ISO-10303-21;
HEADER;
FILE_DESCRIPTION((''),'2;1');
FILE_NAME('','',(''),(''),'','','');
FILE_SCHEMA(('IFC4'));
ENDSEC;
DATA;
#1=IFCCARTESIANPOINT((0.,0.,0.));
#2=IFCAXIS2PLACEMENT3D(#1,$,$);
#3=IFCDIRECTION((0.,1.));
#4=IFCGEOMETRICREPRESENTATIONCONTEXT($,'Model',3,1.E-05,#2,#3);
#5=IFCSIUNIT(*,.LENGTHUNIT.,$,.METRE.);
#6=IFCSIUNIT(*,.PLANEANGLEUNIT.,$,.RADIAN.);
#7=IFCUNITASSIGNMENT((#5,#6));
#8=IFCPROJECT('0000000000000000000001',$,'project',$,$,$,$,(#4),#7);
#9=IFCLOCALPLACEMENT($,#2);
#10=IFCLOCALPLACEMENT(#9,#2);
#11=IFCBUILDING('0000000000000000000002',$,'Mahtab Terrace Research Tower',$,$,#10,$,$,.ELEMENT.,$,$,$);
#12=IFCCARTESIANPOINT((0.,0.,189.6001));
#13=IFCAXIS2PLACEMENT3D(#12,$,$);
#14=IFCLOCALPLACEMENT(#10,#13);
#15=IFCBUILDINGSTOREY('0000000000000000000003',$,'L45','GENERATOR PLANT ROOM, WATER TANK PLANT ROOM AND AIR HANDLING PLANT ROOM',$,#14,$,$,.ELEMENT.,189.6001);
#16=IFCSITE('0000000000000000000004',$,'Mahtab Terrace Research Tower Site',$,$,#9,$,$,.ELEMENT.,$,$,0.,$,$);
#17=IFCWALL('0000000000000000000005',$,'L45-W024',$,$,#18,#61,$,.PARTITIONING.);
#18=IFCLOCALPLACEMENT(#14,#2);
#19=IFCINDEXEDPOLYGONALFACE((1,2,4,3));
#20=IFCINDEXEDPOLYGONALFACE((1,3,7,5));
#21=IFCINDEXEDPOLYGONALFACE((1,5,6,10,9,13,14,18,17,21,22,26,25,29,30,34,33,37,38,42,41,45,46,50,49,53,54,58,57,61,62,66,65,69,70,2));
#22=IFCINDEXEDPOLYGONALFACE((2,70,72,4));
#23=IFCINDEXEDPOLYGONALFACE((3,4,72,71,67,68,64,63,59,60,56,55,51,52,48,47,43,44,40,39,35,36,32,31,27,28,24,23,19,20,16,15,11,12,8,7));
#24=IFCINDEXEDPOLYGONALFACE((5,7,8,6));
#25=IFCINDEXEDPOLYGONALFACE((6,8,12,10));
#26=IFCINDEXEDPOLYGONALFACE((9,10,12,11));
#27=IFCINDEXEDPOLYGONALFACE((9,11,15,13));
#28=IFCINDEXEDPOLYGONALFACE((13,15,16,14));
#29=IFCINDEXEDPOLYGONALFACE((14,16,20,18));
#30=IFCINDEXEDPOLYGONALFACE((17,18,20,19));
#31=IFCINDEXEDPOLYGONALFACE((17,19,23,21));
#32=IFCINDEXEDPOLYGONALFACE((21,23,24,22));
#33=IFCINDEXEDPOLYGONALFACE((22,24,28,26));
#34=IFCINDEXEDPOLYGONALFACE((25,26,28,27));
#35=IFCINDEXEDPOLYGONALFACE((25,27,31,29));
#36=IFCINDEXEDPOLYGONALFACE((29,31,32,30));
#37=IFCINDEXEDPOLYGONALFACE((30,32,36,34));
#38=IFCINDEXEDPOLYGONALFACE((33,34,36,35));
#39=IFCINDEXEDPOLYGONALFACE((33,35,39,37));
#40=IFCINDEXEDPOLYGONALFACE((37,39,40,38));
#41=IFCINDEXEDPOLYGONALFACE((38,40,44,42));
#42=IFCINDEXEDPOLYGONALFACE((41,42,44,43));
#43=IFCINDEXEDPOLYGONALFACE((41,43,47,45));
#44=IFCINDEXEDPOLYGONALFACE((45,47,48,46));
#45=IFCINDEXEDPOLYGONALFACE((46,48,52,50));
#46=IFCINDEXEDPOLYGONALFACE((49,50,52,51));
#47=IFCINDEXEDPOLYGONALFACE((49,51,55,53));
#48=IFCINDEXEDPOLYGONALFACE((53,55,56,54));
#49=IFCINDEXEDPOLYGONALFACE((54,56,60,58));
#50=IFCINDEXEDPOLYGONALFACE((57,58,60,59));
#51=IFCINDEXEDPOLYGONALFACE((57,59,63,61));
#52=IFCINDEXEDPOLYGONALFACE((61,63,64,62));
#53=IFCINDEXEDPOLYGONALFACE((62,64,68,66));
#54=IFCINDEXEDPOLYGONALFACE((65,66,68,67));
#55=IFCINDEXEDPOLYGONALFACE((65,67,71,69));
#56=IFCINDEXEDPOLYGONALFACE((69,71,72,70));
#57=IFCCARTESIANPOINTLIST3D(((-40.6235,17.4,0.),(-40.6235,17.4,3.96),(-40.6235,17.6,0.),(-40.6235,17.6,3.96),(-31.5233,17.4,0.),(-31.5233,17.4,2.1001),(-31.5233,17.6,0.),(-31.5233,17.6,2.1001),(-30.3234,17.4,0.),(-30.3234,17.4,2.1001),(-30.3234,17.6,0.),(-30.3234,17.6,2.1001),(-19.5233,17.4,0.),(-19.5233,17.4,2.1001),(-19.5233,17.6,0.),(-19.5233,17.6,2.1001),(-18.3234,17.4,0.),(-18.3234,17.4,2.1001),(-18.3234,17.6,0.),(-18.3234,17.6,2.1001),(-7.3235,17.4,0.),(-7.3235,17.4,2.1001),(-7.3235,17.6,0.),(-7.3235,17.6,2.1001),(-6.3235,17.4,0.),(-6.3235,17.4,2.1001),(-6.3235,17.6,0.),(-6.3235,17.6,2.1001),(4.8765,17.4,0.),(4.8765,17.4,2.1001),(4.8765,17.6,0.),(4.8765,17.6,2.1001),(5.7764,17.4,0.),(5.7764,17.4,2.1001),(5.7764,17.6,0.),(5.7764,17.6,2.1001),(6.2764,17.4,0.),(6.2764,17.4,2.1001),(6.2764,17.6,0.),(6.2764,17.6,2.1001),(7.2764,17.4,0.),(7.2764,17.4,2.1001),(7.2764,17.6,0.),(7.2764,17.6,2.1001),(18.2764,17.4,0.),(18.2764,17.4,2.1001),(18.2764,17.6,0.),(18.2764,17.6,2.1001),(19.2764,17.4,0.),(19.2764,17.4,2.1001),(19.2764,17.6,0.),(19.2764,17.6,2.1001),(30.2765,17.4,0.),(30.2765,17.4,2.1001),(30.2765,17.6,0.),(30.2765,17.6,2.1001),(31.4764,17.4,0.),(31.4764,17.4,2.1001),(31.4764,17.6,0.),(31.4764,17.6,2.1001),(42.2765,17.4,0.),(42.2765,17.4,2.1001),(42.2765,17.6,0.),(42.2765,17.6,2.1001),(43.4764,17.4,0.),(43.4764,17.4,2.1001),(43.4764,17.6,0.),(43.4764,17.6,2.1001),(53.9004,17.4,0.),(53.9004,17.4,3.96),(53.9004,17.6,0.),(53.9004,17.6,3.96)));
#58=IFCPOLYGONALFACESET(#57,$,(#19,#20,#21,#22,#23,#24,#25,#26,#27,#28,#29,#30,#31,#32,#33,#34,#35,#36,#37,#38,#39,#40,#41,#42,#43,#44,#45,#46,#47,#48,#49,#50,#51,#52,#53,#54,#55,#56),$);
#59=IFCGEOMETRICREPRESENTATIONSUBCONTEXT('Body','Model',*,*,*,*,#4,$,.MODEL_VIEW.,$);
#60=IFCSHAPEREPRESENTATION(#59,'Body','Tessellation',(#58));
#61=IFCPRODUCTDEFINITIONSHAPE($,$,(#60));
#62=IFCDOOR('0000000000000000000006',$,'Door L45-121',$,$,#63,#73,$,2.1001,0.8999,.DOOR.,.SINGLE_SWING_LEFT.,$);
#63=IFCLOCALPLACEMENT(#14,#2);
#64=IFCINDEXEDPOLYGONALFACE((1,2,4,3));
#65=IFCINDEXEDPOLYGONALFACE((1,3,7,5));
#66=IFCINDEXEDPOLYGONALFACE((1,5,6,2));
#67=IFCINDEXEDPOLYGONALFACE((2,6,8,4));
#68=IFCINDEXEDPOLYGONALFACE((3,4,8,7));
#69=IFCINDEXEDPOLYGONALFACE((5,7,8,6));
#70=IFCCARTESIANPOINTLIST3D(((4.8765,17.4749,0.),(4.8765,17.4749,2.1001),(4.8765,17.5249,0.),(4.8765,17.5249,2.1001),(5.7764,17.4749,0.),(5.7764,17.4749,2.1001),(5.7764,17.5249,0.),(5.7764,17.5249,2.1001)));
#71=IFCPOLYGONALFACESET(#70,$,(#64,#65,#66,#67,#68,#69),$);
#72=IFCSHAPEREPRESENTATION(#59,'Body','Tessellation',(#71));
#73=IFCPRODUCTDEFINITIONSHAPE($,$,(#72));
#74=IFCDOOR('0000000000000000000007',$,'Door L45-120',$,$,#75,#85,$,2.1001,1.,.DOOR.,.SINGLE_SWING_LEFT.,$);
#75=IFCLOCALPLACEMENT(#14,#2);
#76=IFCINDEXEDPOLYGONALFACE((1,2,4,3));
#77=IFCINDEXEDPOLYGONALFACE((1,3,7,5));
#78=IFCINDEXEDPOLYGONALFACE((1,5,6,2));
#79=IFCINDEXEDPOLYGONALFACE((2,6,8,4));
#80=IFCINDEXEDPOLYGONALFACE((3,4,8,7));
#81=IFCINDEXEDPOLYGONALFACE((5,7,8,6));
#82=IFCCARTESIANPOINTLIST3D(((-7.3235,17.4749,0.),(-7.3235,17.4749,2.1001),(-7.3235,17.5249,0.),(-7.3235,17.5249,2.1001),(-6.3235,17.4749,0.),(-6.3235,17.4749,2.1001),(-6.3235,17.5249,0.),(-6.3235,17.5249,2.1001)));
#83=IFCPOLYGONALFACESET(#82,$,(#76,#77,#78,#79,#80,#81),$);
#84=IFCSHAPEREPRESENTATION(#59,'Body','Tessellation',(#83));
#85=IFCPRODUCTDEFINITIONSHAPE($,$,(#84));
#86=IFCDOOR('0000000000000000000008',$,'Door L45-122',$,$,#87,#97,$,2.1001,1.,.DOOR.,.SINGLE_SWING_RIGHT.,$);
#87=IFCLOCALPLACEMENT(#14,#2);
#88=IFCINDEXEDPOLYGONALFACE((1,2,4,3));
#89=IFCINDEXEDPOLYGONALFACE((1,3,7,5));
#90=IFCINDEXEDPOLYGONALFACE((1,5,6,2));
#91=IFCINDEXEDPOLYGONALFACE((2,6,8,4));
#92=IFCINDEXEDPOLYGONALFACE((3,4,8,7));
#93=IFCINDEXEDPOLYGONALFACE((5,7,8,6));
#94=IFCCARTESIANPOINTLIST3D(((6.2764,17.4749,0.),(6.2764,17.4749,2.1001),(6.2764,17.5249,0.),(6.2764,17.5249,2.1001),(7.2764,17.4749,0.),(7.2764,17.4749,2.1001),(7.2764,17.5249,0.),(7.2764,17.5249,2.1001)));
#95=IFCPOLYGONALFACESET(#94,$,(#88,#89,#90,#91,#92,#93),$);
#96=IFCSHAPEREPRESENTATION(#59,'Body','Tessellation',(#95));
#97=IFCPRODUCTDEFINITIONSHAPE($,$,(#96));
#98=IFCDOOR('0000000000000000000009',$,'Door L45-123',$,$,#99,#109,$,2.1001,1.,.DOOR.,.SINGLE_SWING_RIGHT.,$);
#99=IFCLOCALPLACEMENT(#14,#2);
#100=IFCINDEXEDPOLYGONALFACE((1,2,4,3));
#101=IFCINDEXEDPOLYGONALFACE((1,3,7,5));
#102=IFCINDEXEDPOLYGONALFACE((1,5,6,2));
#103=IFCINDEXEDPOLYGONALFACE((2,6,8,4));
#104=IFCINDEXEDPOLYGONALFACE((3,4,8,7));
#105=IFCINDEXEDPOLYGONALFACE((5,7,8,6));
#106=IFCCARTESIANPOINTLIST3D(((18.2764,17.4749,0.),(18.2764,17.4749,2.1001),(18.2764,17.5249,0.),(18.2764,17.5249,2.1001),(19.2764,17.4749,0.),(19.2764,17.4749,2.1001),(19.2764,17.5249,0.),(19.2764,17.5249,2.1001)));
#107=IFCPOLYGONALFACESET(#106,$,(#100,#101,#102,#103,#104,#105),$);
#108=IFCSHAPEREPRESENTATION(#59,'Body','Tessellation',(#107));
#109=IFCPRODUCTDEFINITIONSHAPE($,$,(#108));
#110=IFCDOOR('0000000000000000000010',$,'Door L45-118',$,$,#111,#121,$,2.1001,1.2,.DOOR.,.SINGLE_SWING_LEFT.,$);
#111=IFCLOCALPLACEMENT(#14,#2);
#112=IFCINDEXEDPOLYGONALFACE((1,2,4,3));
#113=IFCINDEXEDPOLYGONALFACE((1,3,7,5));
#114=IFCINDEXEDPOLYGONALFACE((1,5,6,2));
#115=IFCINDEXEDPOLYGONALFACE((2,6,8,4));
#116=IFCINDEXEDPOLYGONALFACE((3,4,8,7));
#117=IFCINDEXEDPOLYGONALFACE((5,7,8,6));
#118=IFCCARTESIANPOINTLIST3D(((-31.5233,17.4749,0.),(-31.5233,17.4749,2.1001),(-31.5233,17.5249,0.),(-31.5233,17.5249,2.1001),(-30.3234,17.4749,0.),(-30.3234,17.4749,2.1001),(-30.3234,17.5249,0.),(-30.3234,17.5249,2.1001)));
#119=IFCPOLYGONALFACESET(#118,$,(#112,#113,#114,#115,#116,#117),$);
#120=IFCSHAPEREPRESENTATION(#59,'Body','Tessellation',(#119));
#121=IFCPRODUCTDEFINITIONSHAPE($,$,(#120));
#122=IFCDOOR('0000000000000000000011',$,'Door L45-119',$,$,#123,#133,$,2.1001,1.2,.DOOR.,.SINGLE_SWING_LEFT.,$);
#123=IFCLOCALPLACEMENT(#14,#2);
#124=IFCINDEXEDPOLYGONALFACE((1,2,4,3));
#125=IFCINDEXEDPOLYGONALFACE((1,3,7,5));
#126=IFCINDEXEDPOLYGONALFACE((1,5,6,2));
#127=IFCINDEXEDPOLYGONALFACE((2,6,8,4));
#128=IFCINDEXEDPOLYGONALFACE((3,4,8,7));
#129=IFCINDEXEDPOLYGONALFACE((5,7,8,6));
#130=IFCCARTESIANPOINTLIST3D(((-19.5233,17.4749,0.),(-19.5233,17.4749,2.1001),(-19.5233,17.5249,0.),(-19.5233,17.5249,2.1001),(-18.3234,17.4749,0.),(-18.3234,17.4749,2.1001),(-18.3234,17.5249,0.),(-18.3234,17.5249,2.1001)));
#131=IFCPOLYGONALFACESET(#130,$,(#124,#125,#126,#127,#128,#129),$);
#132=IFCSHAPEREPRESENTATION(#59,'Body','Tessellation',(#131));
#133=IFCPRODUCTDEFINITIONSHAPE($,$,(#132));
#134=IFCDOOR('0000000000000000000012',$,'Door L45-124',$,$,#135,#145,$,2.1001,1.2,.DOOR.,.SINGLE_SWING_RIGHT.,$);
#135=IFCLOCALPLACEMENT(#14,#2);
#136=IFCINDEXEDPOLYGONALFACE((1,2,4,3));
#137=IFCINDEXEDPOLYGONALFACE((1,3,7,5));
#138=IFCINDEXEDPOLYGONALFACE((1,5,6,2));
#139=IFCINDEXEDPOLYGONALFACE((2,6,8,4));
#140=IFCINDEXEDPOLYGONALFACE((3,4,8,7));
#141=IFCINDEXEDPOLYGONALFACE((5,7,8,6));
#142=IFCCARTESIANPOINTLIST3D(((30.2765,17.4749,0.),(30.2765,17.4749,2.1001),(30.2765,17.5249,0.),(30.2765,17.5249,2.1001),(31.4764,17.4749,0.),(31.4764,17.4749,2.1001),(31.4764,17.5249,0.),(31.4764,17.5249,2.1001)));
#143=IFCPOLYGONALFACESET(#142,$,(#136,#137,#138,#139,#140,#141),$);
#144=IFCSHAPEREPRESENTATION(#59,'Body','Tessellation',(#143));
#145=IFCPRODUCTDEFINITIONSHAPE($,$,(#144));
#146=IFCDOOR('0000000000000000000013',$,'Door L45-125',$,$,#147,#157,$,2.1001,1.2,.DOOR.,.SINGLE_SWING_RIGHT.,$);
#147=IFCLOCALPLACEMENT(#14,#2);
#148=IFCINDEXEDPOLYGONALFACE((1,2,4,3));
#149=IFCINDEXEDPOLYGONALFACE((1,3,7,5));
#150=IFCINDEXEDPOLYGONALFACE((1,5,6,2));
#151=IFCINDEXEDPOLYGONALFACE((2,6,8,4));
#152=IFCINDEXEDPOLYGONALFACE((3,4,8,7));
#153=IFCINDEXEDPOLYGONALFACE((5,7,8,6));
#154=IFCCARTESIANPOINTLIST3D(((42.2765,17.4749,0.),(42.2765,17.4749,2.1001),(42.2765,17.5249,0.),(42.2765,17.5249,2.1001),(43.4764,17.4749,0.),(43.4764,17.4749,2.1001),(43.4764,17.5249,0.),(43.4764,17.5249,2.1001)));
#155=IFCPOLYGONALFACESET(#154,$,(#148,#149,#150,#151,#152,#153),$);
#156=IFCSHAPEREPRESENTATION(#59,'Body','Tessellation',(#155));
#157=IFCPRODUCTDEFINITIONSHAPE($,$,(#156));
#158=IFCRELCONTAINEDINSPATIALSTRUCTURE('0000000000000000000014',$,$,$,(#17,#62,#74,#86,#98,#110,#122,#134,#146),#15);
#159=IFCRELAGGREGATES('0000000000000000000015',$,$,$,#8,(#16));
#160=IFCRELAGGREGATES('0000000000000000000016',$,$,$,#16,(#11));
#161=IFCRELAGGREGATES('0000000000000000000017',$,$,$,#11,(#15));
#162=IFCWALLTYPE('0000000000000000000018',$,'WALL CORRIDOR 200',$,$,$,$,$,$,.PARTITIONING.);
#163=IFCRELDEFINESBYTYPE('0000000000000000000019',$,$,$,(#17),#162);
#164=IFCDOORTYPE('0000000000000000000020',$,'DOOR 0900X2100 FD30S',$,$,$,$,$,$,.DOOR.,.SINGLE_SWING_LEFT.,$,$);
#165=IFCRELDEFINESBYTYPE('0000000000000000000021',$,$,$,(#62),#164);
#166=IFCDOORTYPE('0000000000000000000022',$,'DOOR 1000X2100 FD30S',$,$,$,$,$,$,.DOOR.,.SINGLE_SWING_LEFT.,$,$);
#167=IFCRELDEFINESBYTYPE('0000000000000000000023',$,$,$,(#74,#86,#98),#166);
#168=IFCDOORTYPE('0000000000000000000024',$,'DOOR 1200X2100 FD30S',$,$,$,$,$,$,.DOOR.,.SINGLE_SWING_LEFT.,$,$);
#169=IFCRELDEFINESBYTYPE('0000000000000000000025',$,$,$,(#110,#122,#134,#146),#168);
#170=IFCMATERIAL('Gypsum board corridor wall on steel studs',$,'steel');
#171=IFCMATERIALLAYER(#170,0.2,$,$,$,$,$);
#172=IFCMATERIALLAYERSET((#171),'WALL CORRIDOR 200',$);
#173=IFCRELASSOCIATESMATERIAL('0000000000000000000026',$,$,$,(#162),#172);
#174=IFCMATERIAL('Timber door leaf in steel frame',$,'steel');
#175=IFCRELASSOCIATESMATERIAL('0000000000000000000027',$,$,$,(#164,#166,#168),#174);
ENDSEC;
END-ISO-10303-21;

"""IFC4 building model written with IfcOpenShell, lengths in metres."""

from ifc_helpers import new_model, si_unit, direction, frame, frame_2d, origin, place, context, subcontext, project, spatial, rectangle, extrude, material, layer, layer_set, type_object, element, fill, save


model = new_model("IFC4")

# Units and contexts
model_context = context("Model", 3, precision=1e-05, world=origin(), true_north=direction((0.0, 1.0)))
body_context = subcontext(model_context, "Body", "Model", "MODEL_VIEW")
ifc_project = project(units=[si_unit("LENGTHUNIT", "METRE"), si_unit("PLANEANGLEUNIT", "RADIAN")], contexts=[model_context])

# Site, building, storey
site_placement = place(None, origin())
site = spatial("IfcSite", under=ifc_project, at=site_placement, Name="Mahtab Terrace Research Tower Site", CompositionType="ELEMENT", RefElevation=0.0)
building_placement = place(site_placement, origin())
building = spatial("IfcBuilding", under=site, at=building_placement, Name="Mahtab Terrace Research Tower", CompositionType="ELEMENT")
storey_placement = place(building_placement, frame((0.0, 0.0, 189.6001)))
storey = spatial("IfcBuildingStorey", under=building, at=storey_placement, Name="L45", Description="GENERATOR PLANT ROOM, WATER TANK PLANT ROOM AND AIR HANDLING PLANT ROOM", CompositionType="ELEMENT", Elevation=189.6001)

# Shared definitions
ifc_material_1 = material(Name="Gypsum board corridor wall on steel studs", Category="steel")
ifc_layer_1 = layer(ifc_material_1, 0.2)
ifc_layer_set_1 = layer_set([ifc_layer_1], Name="WALL CORRIDOR 200")
wall_type_1 = type_object("IfcWallType", Name="WALL CORRIDOR 200", PredefinedType="PARTITIONING", material=ifc_layer_set_1)

# Wall, openings, doors
wall_1_placement = place(storey_placement, frame((-40.6235, 17.5, 0.0), z_axis=(0.0, 0.0, 1.0), x_axis=(1.0, 0.0, 0.0)))
wall_1 = element("IfcWall", 1, at=wall_1_placement, inside=storey, type_object=wall_type_1, Name="L45-W024", PredefinedType="PARTITIONING", context=body_context, shape_type="SweptSolid", body=[
    extrude(rectangle(XDim=94.5239, YDim=0.2, at=frame_2d((47.262, 0.0))), origin(), (0.0, 0.0, 1.0), 3.96),
])
opening_1_placement = place(wall_1_placement, frame((9.1001, 0.0, 0.0)))
opening_1 = element("IfcOpeningElement", 2, at=opening_1_placement, cuts=wall_1, PredefinedType="OPENING", context=body_context, shape_type="SweptSolid", body=[
    extrude(rectangle(XDim=1.2, YDim=2.1001, at=frame_2d((0.6001, 1.05))), frame((0.0, 0.1099, 0.0), z_axis=(0.0, -1.0, 0.0), x_axis=(1.0, 0.0, 0.0)), (0.0, 0.0, 1.0), 0.22),
])
opening_2_placement = place(wall_1_placement, frame((21.1001, 0.0, 0.0)))
opening_2 = element("IfcOpeningElement", 3, at=opening_2_placement, cuts=wall_1, PredefinedType="OPENING", context=body_context, shape_type="SweptSolid", body=[
    extrude(rectangle(XDim=1.2, YDim=2.1001, at=frame_2d((0.6001, 1.05))), frame((0.0, 0.1099, 0.0), z_axis=(0.0, -1.0, 0.0), x_axis=(1.0, 0.0, 0.0)), (0.0, 0.0, 1.0), 0.22),
])
opening_3_placement = place(wall_1_placement, frame((33.3, 0.0, 0.0)))
opening_3 = element("IfcOpeningElement", 4, at=opening_3_placement, cuts=wall_1, PredefinedType="OPENING", context=body_context, shape_type="SweptSolid", body=[
    extrude(rectangle(XDim=1.0, YDim=2.1001, at=frame_2d((0.5, 1.05))), frame((0.0, 0.1099, 0.0), z_axis=(0.0, -1.0, 0.0), x_axis=(1.0, 0.0, 0.0)), (0.0, 0.0, 1.0), 0.22),
])
opening_4_placement = place(wall_1_placement, frame((45.5, 0.0, 0.0)))
opening_4 = element("IfcOpeningElement", 5, at=opening_4_placement, cuts=wall_1, PredefinedType="OPENING", context=body_context, shape_type="SweptSolid", body=[
    extrude(rectangle(XDim=0.8999, YDim=2.1001, at=frame_2d((0.45, 1.05))), frame((0.0, 0.1099, 0.0), z_axis=(0.0, -1.0, 0.0), x_axis=(1.0, 0.0, 0.0)), (0.0, 0.0, 1.0), 0.22),
])
opening_5_placement = place(wall_1_placement, frame((46.8999, 0.0, 0.0)))
opening_5 = element("IfcOpeningElement", 6, at=opening_5_placement, cuts=wall_1, PredefinedType="OPENING", context=body_context, shape_type="SweptSolid", body=[
    extrude(rectangle(XDim=1.0, YDim=2.1001, at=frame_2d((0.5, 1.05))), frame((0.0, 0.1099, 0.0), z_axis=(0.0, -1.0, 0.0), x_axis=(1.0, 0.0, 0.0)), (0.0, 0.0, 1.0), 0.22),
])
opening_6_placement = place(wall_1_placement, frame((58.8999, 0.0, 0.0)))
opening_6 = element("IfcOpeningElement", 7, at=opening_6_placement, cuts=wall_1, PredefinedType="OPENING", context=body_context, shape_type="SweptSolid", body=[
    extrude(rectangle(XDim=1.0, YDim=2.1001, at=frame_2d((0.5, 1.05))), frame((0.0, 0.1099, 0.0), z_axis=(0.0, -1.0, 0.0), x_axis=(1.0, 0.0, 0.0)), (0.0, 0.0, 1.0), 0.22),
])
opening_7_placement = place(wall_1_placement, frame((70.8999, 0.0, 0.0)))
opening_7 = element("IfcOpeningElement", 8, at=opening_7_placement, cuts=wall_1, PredefinedType="OPENING", context=body_context, shape_type="SweptSolid", body=[
    extrude(rectangle(XDim=1.2, YDim=2.1001, at=frame_2d((0.6001, 1.05))), frame((0.0, 0.1099, 0.0), z_axis=(0.0, -1.0, 0.0), x_axis=(1.0, 0.0, 0.0)), (0.0, 0.0, 1.0), 0.22),
])
opening_8_placement = place(wall_1_placement, frame((82.8999, 0.0, 0.0)))
opening_8 = element("IfcOpeningElement", 9, at=opening_8_placement, cuts=wall_1, PredefinedType="OPENING", context=body_context, shape_type="SweptSolid", body=[
    extrude(rectangle(XDim=1.2, YDim=2.1001, at=frame_2d((0.6001, 1.05))), frame((0.0, 0.1099, 0.0), z_axis=(0.0, -1.0, 0.0), x_axis=(1.0, 0.0, 0.0)), (0.0, 0.0, 1.0), 0.22),
])
ifc_material_2 = material(Name="Timber door leaf in steel frame", Category="steel")
door_type_1 = type_object("IfcDoorType", Name="DOOR 0900X2100 FD30S", OperationType="SINGLE_SWING_LEFT", PredefinedType="DOOR", material=ifc_material_2)
door_1_placement = place(opening_4_placement, origin())
door_1 = element("IfcDoor", 10, at=door_1_placement, inside=storey, type_object=door_type_1, Name="Door L45-121", OperationType="SINGLE_SWING_LEFT", OverallHeight=2.1001, OverallWidth=0.8999, PredefinedType="DOOR", context=body_context, shape_type="SweptSolid", body=[
    extrude(rectangle(XDim=0.8999, YDim=2.1001, at=frame_2d((0.45, 1.05))), frame((0.0, 0.0249, 0.0), z_axis=(0.0, -1.0, 0.0), x_axis=(1.0, 0.0, 0.0)), (0.0, 0.0, 1.0), 0.05),
])
fill(opening_4, door_1)
door_type_2 = type_object("IfcDoorType", Name="DOOR 1000X2100 FD30S", OperationType="SINGLE_SWING_LEFT", PredefinedType="DOOR", material=ifc_material_2)
door_2_placement = place(opening_3_placement, origin())
door_2 = element("IfcDoor", 11, at=door_2_placement, inside=storey, type_object=door_type_2, Name="Door L45-120", OperationType="SINGLE_SWING_LEFT", OverallHeight=2.1001, OverallWidth=1.0, PredefinedType="DOOR", context=body_context, shape_type="SweptSolid", body=[
    extrude(rectangle(XDim=1.0, YDim=2.1001, at=frame_2d((0.5, 1.05))), frame((0.0, 0.0249, 0.0), z_axis=(0.0, -1.0, 0.0), x_axis=(1.0, 0.0, 0.0)), (0.0, 0.0, 1.0), 0.05),
])
fill(opening_3, door_2)
door_3_placement = place(opening_5_placement, origin())
door_3 = element("IfcDoor", 12, at=door_3_placement, inside=storey, type_object=door_type_2, Name="Door L45-122", OperationType="SINGLE_SWING_RIGHT", OverallHeight=2.1001, OverallWidth=1.0, PredefinedType="DOOR", context=body_context, shape_type="SweptSolid", body=[
    extrude(rectangle(XDim=1.0, YDim=2.1001, at=frame_2d((0.5, 1.05))), frame((0.0, 0.0249, 0.0), z_axis=(0.0, -1.0, 0.0), x_axis=(1.0, 0.0, 0.0)), (0.0, 0.0, 1.0), 0.05),
])
fill(opening_5, door_3)
door_4_placement = place(opening_6_placement, origin())
door_4 = element("IfcDoor", 13, at=door_4_placement, inside=storey, type_object=door_type_2, Name="Door L45-123", OperationType="SINGLE_SWING_RIGHT", OverallHeight=2.1001, OverallWidth=1.0, PredefinedType="DOOR", context=body_context, shape_type="SweptSolid", body=[
    extrude(rectangle(XDim=1.0, YDim=2.1001, at=frame_2d((0.5, 1.05))), frame((0.0, 0.0249, 0.0), z_axis=(0.0, -1.0, 0.0), x_axis=(1.0, 0.0, 0.0)), (0.0, 0.0, 1.0), 0.05),
])
fill(opening_6, door_4)
door_type_3 = type_object("IfcDoorType", Name="DOOR 1200X2100 FD30S", OperationType="SINGLE_SWING_LEFT", PredefinedType="DOOR", material=ifc_material_2)
door_5_placement = place(opening_1_placement, origin())
door_5 = element("IfcDoor", 14, at=door_5_placement, inside=storey, type_object=door_type_3, Name="Door L45-118", OperationType="SINGLE_SWING_LEFT", OverallHeight=2.1001, OverallWidth=1.2, PredefinedType="DOOR", context=body_context, shape_type="SweptSolid", body=[
    extrude(rectangle(XDim=1.2, YDim=2.1001, at=frame_2d((0.6001, 1.05))), frame((0.0, 0.0249, 0.0), z_axis=(0.0, -1.0, 0.0), x_axis=(1.0, 0.0, 0.0)), (0.0, 0.0, 1.0), 0.05),
])
fill(opening_1, door_5)
door_6_placement = place(opening_2_placement, origin())
door_6 = element("IfcDoor", 15, at=door_6_placement, inside=storey, type_object=door_type_3, Name="Door L45-119", OperationType="SINGLE_SWING_LEFT", OverallHeight=2.1001, OverallWidth=1.2, PredefinedType="DOOR", context=body_context, shape_type="SweptSolid", body=[
    extrude(rectangle(XDim=1.2, YDim=2.1001, at=frame_2d((0.6001, 1.05))), frame((0.0, 0.0249, 0.0), z_axis=(0.0, -1.0, 0.0), x_axis=(1.0, 0.0, 0.0)), (0.0, 0.0, 1.0), 0.05),
])
fill(opening_2, door_6)
door_7_placement = place(opening_7_placement, origin())
door_7 = element("IfcDoor", 16, at=door_7_placement, inside=storey, type_object=door_type_3, Name="Door L45-124", OperationType="SINGLE_SWING_RIGHT", OverallHeight=2.1001, OverallWidth=1.2, PredefinedType="DOOR", context=body_context, shape_type="SweptSolid", body=[
    extrude(rectangle(XDim=1.2, YDim=2.1001, at=frame_2d((0.6001, 1.05))), frame((0.0, 0.0249, 0.0), z_axis=(0.0, -1.0, 0.0), x_axis=(1.0, 0.0, 0.0)), (0.0, 0.0, 1.0), 0.05),
])
fill(opening_7, door_7)
door_8_placement = place(opening_8_placement, origin())
door_8 = element("IfcDoor", 17, at=door_8_placement, inside=storey, type_object=door_type_3, Name="Door L45-125", OperationType="SINGLE_SWING_RIGHT", OverallHeight=2.1001, OverallWidth=1.2, PredefinedType="DOOR", context=body_context, shape_type="SweptSolid", body=[
    extrude(rectangle(XDim=1.2, YDim=2.1001, at=frame_2d((0.6001, 1.05))), frame((0.0, 0.0249, 0.0), z_axis=(0.0, -1.0, 0.0), x_axis=(1.0, 0.0, 0.0)), (0.0, 0.0, 1.0), 0.05),
])
fill(opening_8, door_8)

save(model, "model.ifc")
